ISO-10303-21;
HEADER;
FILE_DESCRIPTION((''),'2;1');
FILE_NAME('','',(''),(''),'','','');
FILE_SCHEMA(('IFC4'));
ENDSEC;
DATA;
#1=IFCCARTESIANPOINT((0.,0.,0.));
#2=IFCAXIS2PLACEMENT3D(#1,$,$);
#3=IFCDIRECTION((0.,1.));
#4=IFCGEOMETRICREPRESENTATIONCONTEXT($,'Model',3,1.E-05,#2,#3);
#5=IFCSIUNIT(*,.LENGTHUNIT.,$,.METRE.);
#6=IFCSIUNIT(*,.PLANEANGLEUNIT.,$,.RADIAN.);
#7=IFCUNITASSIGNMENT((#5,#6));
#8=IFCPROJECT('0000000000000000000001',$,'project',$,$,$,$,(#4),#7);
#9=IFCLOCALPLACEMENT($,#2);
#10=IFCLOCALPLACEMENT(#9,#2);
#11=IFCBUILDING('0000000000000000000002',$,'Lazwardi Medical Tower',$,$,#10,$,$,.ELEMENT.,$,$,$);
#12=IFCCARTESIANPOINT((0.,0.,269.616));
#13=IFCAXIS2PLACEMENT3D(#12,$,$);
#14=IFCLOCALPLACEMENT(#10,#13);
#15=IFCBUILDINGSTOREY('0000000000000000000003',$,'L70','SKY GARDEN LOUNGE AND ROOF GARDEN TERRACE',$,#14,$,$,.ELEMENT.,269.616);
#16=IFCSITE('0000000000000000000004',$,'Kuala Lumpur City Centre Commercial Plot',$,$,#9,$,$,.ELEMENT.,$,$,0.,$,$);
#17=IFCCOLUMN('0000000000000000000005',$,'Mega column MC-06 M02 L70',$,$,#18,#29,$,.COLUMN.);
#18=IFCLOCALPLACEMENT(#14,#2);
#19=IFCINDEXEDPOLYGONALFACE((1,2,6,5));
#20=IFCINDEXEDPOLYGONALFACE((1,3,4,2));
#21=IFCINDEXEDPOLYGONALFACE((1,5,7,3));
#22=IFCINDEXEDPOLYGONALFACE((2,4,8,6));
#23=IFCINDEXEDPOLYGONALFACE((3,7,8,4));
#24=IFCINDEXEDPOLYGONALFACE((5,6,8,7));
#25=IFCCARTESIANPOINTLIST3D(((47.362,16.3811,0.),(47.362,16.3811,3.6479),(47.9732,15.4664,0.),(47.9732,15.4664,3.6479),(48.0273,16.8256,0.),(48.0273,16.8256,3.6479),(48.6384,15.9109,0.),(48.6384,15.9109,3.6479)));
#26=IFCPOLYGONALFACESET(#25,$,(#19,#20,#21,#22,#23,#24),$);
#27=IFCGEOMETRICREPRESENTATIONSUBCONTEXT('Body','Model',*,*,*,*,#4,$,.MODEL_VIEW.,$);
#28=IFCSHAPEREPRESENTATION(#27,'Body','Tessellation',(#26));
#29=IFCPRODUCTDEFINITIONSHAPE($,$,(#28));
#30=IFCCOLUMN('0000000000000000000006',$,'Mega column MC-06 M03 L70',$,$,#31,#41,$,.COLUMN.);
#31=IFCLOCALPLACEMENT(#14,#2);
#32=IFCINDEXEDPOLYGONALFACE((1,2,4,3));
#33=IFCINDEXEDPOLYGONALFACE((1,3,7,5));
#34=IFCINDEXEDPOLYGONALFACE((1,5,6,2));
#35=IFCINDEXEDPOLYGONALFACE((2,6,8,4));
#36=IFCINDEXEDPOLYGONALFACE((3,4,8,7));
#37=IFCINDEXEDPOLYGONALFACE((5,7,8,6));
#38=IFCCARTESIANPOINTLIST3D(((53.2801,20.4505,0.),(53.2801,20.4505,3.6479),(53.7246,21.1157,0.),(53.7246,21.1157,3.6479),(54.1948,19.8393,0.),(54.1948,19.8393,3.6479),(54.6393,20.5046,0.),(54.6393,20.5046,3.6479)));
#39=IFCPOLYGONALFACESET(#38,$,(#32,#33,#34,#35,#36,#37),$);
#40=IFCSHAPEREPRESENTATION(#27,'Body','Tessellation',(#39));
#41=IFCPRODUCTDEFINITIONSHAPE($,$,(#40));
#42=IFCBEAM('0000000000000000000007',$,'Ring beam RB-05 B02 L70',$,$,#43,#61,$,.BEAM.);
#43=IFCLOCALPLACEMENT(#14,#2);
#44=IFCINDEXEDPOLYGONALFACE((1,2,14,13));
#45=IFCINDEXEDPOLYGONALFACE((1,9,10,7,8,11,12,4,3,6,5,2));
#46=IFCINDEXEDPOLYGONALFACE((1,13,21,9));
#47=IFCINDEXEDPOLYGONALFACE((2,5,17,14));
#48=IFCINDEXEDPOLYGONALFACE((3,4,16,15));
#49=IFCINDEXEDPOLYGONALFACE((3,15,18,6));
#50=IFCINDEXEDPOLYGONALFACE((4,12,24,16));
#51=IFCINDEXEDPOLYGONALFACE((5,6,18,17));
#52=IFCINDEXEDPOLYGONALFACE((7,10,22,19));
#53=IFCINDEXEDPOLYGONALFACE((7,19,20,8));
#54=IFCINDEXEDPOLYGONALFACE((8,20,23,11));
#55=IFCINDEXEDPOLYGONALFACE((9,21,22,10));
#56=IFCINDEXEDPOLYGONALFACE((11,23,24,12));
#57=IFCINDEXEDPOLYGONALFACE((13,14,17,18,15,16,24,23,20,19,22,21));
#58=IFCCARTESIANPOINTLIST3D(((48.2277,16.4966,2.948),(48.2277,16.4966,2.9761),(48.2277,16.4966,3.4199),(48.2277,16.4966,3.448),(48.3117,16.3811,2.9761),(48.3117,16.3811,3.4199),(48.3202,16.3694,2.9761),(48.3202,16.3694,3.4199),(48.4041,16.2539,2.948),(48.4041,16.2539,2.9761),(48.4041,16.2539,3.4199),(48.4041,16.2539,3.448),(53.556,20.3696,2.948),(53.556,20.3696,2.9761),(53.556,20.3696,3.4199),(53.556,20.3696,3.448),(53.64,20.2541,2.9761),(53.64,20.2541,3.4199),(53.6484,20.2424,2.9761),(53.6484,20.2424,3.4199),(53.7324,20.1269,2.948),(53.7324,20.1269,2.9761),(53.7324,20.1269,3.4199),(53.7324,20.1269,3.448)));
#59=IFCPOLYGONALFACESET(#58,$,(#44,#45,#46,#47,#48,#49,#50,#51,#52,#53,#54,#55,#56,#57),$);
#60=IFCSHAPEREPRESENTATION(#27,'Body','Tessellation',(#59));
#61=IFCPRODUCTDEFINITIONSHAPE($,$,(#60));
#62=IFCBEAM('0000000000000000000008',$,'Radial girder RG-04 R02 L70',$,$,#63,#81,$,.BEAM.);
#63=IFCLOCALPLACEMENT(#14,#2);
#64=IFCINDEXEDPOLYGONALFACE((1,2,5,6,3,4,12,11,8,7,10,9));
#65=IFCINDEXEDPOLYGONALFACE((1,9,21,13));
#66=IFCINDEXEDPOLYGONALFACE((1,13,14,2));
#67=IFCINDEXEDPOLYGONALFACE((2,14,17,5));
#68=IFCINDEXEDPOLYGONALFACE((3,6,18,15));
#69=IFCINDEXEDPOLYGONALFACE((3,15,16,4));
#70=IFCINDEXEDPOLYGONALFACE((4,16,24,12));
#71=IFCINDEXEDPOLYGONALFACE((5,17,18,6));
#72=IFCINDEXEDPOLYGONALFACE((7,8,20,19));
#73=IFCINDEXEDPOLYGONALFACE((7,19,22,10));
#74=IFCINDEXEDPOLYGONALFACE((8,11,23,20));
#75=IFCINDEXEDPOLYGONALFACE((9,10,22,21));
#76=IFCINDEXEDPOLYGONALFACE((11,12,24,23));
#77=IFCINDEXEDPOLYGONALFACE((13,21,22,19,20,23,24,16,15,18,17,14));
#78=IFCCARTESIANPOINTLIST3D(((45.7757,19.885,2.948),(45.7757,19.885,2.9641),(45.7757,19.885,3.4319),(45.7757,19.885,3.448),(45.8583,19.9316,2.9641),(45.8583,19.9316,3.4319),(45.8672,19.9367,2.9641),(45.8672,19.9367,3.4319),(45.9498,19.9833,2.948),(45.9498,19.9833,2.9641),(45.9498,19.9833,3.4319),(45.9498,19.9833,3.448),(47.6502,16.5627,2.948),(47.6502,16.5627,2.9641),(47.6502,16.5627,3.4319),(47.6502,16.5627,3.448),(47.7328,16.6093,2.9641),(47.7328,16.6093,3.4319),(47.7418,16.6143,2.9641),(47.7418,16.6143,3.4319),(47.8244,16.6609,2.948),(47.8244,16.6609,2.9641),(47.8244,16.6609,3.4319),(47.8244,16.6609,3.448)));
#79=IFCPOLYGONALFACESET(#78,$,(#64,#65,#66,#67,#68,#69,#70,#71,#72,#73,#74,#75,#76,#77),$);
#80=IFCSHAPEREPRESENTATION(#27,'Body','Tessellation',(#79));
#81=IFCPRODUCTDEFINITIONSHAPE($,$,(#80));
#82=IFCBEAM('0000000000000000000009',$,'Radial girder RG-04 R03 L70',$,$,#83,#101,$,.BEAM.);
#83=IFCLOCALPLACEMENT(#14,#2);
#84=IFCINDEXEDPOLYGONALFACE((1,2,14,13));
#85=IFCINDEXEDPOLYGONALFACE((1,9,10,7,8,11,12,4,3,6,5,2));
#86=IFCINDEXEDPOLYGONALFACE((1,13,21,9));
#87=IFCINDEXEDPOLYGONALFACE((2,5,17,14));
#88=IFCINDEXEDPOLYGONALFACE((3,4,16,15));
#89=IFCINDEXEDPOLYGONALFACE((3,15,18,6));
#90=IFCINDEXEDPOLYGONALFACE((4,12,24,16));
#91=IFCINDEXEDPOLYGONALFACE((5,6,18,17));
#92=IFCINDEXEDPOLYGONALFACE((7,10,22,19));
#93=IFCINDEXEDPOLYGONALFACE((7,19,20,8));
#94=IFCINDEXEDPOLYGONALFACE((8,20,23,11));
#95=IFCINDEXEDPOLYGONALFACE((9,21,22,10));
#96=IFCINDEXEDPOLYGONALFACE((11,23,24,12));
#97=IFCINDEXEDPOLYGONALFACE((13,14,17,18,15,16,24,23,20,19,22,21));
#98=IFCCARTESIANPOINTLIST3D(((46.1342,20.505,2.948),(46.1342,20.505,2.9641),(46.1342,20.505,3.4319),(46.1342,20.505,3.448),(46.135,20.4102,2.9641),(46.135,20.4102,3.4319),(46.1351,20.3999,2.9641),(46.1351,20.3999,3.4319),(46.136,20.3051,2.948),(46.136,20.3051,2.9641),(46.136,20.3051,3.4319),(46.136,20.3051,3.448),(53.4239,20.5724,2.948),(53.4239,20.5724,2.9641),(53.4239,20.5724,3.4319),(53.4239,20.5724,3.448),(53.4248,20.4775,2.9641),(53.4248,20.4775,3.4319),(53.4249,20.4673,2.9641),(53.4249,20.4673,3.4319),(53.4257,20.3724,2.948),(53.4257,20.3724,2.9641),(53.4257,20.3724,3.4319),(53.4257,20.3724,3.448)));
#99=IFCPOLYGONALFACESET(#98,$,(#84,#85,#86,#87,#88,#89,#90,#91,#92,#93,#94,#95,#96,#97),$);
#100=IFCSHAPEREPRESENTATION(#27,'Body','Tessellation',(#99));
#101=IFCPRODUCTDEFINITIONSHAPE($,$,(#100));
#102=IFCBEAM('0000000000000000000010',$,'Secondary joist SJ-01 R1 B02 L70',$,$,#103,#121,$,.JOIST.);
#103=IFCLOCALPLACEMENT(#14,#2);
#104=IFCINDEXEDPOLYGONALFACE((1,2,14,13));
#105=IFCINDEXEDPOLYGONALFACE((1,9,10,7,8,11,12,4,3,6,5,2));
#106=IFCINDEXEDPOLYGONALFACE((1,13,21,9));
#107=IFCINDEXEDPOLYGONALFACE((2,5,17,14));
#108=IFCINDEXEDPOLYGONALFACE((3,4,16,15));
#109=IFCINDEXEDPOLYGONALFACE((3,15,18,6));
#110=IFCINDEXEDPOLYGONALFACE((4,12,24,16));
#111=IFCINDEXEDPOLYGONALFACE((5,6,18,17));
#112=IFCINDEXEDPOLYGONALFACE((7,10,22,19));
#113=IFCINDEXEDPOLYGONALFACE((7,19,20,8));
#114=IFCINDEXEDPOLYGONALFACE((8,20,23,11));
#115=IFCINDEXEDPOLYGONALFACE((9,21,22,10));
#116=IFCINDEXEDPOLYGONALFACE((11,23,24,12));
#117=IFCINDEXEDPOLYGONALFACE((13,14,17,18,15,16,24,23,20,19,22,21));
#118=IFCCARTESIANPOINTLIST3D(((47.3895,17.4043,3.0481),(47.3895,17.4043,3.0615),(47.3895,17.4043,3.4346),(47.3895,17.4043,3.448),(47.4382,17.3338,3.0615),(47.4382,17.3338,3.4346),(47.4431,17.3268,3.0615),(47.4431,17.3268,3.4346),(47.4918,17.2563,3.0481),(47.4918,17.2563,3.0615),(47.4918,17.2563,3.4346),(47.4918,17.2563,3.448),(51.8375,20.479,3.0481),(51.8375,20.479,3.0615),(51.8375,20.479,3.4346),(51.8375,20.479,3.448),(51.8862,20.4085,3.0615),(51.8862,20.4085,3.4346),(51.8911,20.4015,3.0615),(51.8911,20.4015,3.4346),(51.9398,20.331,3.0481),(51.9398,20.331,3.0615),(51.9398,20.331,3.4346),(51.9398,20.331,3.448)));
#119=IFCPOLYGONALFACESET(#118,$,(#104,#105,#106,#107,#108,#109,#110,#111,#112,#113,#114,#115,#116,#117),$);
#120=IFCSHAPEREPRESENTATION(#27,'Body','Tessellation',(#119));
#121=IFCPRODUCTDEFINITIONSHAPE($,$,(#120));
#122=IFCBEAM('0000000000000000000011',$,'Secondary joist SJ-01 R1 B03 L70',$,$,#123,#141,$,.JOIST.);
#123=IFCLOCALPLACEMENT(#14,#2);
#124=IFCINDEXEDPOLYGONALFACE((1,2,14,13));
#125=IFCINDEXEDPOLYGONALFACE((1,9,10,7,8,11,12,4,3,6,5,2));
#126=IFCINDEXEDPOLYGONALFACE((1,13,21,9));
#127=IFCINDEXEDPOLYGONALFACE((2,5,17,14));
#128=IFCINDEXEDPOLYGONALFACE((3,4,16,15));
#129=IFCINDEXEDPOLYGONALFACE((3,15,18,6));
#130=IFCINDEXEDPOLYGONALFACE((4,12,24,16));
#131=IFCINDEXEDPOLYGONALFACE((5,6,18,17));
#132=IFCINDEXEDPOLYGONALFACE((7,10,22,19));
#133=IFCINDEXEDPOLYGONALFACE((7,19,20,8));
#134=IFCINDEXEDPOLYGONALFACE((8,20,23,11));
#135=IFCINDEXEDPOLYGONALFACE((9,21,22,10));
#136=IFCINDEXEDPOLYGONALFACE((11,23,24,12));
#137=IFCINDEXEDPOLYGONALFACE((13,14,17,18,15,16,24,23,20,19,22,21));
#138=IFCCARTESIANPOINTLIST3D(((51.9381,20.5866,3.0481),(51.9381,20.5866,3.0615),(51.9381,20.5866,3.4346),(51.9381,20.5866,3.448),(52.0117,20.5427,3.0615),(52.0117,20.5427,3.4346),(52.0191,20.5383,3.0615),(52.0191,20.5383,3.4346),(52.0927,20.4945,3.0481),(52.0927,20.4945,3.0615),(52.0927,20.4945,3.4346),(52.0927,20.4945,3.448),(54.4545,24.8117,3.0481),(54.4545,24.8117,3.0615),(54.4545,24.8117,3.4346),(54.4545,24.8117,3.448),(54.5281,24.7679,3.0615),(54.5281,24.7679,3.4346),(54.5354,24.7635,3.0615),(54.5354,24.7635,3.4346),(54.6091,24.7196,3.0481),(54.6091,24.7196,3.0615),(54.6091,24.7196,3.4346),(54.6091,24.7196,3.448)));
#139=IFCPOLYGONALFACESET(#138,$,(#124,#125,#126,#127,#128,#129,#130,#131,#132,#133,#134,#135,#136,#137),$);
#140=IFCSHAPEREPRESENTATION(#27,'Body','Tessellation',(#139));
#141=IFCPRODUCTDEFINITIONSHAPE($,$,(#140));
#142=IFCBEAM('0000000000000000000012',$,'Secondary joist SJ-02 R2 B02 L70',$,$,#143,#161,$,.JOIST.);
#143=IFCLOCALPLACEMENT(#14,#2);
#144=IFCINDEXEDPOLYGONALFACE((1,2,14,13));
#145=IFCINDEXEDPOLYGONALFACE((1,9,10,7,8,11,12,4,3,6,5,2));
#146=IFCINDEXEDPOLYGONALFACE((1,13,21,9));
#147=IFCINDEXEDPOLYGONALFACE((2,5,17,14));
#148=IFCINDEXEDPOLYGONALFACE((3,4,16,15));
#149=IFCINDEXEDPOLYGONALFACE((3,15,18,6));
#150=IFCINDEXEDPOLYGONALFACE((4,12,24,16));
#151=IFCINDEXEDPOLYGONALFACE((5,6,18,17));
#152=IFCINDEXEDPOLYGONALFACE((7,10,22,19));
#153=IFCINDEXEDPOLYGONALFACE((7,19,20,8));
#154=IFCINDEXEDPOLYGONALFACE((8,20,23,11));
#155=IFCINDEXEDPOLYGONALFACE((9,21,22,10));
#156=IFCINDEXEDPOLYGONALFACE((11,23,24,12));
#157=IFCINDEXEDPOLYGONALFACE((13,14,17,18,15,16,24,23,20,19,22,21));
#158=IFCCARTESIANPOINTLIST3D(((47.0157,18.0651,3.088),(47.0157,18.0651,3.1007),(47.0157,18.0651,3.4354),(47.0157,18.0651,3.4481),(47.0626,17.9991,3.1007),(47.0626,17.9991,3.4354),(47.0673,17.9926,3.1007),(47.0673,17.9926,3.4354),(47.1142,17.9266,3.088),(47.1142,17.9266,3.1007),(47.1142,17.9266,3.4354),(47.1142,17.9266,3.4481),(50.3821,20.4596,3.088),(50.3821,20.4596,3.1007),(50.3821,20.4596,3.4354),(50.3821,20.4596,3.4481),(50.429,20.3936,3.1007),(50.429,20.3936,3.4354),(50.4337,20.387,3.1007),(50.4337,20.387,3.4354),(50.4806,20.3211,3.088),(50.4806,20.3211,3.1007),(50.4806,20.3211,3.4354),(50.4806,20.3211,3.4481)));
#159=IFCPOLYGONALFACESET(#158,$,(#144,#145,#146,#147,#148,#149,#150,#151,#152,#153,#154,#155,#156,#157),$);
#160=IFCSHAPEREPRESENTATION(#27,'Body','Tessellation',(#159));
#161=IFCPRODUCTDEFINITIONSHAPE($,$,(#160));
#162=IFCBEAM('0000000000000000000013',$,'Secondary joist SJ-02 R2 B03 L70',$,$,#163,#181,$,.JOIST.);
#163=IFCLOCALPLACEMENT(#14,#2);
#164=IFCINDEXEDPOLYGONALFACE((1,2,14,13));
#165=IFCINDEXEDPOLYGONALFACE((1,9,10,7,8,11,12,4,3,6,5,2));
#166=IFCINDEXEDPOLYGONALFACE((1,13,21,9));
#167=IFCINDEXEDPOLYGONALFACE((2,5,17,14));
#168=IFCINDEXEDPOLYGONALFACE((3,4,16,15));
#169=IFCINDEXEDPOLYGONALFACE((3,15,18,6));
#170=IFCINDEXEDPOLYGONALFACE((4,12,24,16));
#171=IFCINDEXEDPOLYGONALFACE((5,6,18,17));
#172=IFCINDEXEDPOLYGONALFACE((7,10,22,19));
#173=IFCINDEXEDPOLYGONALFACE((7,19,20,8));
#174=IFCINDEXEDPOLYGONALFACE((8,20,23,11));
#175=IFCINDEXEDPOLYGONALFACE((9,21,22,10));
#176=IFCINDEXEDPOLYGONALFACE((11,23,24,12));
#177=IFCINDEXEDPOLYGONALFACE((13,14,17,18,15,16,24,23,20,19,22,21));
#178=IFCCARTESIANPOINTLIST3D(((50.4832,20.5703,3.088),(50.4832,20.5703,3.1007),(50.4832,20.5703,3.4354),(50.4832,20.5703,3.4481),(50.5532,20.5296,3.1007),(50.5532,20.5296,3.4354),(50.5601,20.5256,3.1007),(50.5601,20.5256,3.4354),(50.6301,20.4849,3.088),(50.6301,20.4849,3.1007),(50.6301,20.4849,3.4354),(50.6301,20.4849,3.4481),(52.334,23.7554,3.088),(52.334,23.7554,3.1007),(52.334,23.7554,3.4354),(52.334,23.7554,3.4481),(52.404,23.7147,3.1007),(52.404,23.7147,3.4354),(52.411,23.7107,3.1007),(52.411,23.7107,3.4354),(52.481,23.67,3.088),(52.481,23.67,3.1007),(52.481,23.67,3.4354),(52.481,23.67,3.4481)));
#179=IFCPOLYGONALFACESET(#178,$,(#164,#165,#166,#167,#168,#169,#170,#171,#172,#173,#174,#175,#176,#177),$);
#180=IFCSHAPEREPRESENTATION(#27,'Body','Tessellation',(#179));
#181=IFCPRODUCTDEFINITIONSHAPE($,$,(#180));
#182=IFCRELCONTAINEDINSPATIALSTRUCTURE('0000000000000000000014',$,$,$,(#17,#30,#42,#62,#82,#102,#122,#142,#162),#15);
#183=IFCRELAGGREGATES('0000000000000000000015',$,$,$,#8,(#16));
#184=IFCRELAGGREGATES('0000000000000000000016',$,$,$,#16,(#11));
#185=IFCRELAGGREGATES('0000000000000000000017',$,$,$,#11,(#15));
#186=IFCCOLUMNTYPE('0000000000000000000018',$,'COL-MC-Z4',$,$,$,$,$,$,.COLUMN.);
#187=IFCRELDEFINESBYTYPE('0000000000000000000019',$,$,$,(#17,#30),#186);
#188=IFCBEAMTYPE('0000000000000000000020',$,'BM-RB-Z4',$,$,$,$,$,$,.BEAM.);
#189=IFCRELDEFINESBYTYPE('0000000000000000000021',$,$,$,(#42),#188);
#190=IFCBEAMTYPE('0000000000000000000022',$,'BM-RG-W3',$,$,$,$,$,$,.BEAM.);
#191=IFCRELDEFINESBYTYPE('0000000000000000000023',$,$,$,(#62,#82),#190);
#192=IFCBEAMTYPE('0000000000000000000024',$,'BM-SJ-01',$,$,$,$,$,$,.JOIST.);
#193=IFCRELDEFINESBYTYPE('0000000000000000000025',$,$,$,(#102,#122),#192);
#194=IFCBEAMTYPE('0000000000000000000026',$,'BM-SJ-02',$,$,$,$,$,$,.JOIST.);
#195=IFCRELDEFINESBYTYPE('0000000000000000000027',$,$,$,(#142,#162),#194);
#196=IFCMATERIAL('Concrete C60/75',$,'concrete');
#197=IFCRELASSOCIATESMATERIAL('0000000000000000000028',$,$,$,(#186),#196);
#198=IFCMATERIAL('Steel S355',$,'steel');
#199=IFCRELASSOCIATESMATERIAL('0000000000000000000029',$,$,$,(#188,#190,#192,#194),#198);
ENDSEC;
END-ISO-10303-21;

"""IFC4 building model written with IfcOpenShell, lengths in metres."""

from ifc_helpers import new_model, si_unit, direction, frame, origin, origin_2d, place, context, subcontext, project, spatial, rectangle, i_section, extrude, material, material_profile, profile_set, type_object, element, save


model = new_model("IFC4")

# Units and contexts
model_context = context("Model", 3, precision=1e-05, world=origin(), true_north=direction((0.0, 1.0)))
body_context = subcontext(model_context, "Body", "Model", "MODEL_VIEW")
ifc_project = project(units=[si_unit("LENGTHUNIT", "METRE"), si_unit("PLANEANGLEUNIT", "RADIAN")], contexts=[model_context])

# Site, building, storey
site_placement = place(None, origin())
site = spatial("IfcSite", under=ifc_project, at=site_placement, Name="Kuala Lumpur City Centre Commercial Plot", CompositionType="ELEMENT", RefElevation=0.0)
building_placement = place(site_placement, origin())
building = spatial("IfcBuilding", under=site, at=building_placement, Name="Lazwardi Medical Tower", CompositionType="ELEMENT")
storey_placement = place(building_placement, frame((0.0, 0.0, 269.616)))
storey = spatial("IfcBuildingStorey", under=building, at=storey_placement, Name="L70", Description="SKY GARDEN LOUNGE AND ROOF GARDEN TERRACE", CompositionType="ELEMENT", Elevation=269.616)

# Columns
ifc_material_1 = material(Name="Concrete C60/75", Category="concrete")
ifc_material_profile_1 = material_profile(ifc_material_1, rectangle(XDim=1.1001, YDim=0.8, at=origin_2d()), Name="CFT-RECT 1100x800")
ifc_profile_set_1 = profile_set([ifc_material_profile_1], Name="Concrete C60/75")
column_type = type_object("IfcColumnType", Name="COL-MC-Z4", PredefinedType="COLUMN", material=ifc_profile_set_1)
for number, where, z_axis, x_axis, name in (
    (1, (48.0002, 16.146, 0.0), (0.0, 0.0, 1.0), (0.55557, -0.83147, 0.0), "Mega column MC-06 M02 L70"),
    (2, (53.9597, 20.4775, 0.0), (0.0, 0.0, 1.0), (0.83147, -0.55557, 0.0), "Mega column MC-06 M03 L70"),
):
    element("IfcColumn", number, at=place(storey_placement, frame(where, z_axis=z_axis, x_axis=x_axis)), inside=storey, type_object=column_type, Name=name, PredefinedType="COLUMN", context=body_context, shape_type="SweptSolid", body=[
        extrude(rectangle(XDim=1.1001, YDim=0.8, at=origin_2d()), origin(), (0.0, 0.0, 1.0), 3.6479),
    ])

# Beams
ifc_material_2 = material(Name="Steel S355", Category="steel")
ifc_material_profile_2 = material_profile(ifc_material_2, i_section(OverallWidth=0.3, OverallDepth=0.5, WebThickness=0.0144, FlangeThickness=0.0281, at=origin_2d()), Name="HEB 500")
ifc_profile_set_2 = profile_set([ifc_material_profile_2], Name="Steel S355")
beam_type_1 = type_object("IfcBeamType", Name="BM-RB-Z4", PredefinedType="BEAM", material=ifc_profile_set_2)
beam_1_placement = place(storey_placement, frame((48.3159, 16.3752, 3.198), z_axis=(0.80889, 0.58796, 0.0), x_axis=(-0.58796, 0.80889, 0.0)))
element("IfcBeam", 3, at=beam_1_placement, inside=storey, type_object=beam_type_1, Name="Ring beam RB-05 B02 L70", PredefinedType="BEAM", context=body_context, shape_type="SweptSolid", body=[
    extrude(i_section(OverallWidth=0.3, OverallDepth=0.5, WebThickness=0.0144, FlangeThickness=0.0281, at=origin_2d()), origin(), (0.0, 0.0, 1.0), 6.5872),
])
ifc_material_profile_3 = material_profile(ifc_material_2, i_section(OverallWidth=0.2, OverallDepth=0.5, WebThickness=0.0103, FlangeThickness=0.0161, at=origin_2d()), Name="IPE 500")
ifc_profile_set_3 = profile_set([ifc_material_profile_3], Name="Steel S355")
beam_type_2 = type_object("IfcBeamType", Name="BM-RG-W3", PredefinedType="BEAM", material=ifc_profile_set_3)
beam_2_placement = place(storey_placement, frame((47.7373, 16.6118, 3.198), z_axis=(-0.491403, 0.870932, 0.0), x_axis=(-0.870932, -0.491403, 0.0)))
element("IfcBeam", 4, at=beam_2_placement, inside=storey, type_object=beam_type_2, Name="Radial girder RG-04 R02 L70", PredefinedType="BEAM", context=body_context, shape_type="SweptSolid", body=[
    extrude(i_section(OverallWidth=0.2, OverallDepth=0.5, WebThickness=0.0103, FlangeThickness=0.0161, at=origin_2d()), origin(), (0.0, 0.0, 1.0), 3.8147),
])
beam_3_placement = place(storey_placement, frame((53.4248, 20.4724, 3.198), z_axis=(-0.999957, -0.009243, 0.0), x_axis=(0.009243, -0.999957, 0.0)))
element("IfcBeam", 5, at=beam_3_placement, inside=storey, type_object=beam_type_2, Name="Radial girder RG-04 R03 L70", PredefinedType="BEAM", context=body_context, shape_type="SweptSolid", body=[
    extrude(i_section(OverallWidth=0.2, OverallDepth=0.5, WebThickness=0.0103, FlangeThickness=0.0161, at=origin_2d()), origin(), (0.0, 0.0, 1.0), 7.29),
])
ifc_material_profile_4 = material_profile(ifc_material_2, i_section(OverallWidth=0.1799, OverallDepth=0.3999, WebThickness=0.0085, FlangeThickness=0.0134, at=origin_2d()), Name="IPE 400")
ifc_profile_set_4 = profile_set([ifc_material_profile_4], Name="Steel S355")
beam_type_3 = type_object("IfcBeamType", Name="BM-SJ-01", PredefinedType="JOIST", material=ifc_profile_set_4)
beam_4_placement = place(storey_placement, frame((47.4407, 17.3303, 3.248), z_axis=(0.822597, 0.568625, 0.0), x_axis=(-0.568625, 0.822597, 0.0)))
element("IfcBeam", 6, at=beam_4_placement, inside=storey, type_object=beam_type_3, Name="Secondary joist SJ-01 R1 B02 L70", PredefinedType="JOIST", context=body_context, shape_type="SweptSolid", body=[
    extrude(i_section(OverallWidth=0.1799, OverallDepth=0.3999, WebThickness=0.0085, FlangeThickness=0.0134, at=origin_2d()), origin(), (0.0, 0.0, 1.0), 5.4072),
])
beam_5_placement = place(storey_placement, frame((52.0154, 20.5405, 3.248), z_axis=(0.511697, 0.859166, 0.0), x_axis=(-0.859166, 0.511697, 0.0)))
element("IfcBeam", 7, at=beam_5_placement, inside=storey, type_object=beam_type_3, Name="Secondary joist SJ-01 R1 B03 L70", PredefinedType="JOIST", context=body_context, shape_type="SweptSolid", body=[
    extrude(i_section(OverallWidth=0.1799, OverallDepth=0.3999, WebThickness=0.0085, FlangeThickness=0.0134, at=origin_2d()), origin(), (0.0, 0.0, 1.0), 4.9177),
])
ifc_material_profile_5 = material_profile(ifc_material_2, i_section(OverallWidth=0.1699, OverallDepth=0.3601, WebThickness=0.0081, FlangeThickness=0.0127, at=origin_2d()), Name="IPE 360")
ifc_profile_set_5 = profile_set([ifc_material_profile_5], Name="Steel S355")
beam_type_4 = type_object("IfcBeamType", Name="BM-SJ-02", PredefinedType="JOIST", material=ifc_profile_set_5)
beam_6_placement = place(storey_placement, frame((47.0649, 17.9958, 3.2681), z_axis=(0.814886, 0.579621, 0.0), x_axis=(-0.579621, 0.814886, 0.0)))
element("IfcBeam", 8, at=beam_6_placement, inside=storey, type_object=beam_type_4, Name="Secondary joist SJ-02 R2 B02 L70", PredefinedType="JOIST", context=body_context, shape_type="SweptSolid", body=[
    extrude(i_section(OverallWidth=0.1699, OverallDepth=0.3601, WebThickness=0.0081, FlangeThickness=0.0127, at=origin_2d()), origin(), (0.0, 0.0, 1.0), 4.1311),
])
beam_7_placement = place(storey_placement, frame((50.5566, 20.5276, 3.2681), z_axis=(0.502428, 0.864619, 0.0), x_axis=(-0.864619, 0.502428, 0.0)))
element("IfcBeam", 9, at=beam_7_placement, inside=storey, type_object=beam_type_4, Name="Secondary joist SJ-02 R2 B03 L70", PredefinedType="JOIST", context=body_context, shape_type="SweptSolid", body=[
    extrude(i_section(OverallWidth=0.1699, OverallDepth=0.3601, WebThickness=0.0081, FlangeThickness=0.0127, at=origin_2d()), origin(), (0.0, 0.0, 1.0), 3.6838),
])

save(model, "model.ifc")
